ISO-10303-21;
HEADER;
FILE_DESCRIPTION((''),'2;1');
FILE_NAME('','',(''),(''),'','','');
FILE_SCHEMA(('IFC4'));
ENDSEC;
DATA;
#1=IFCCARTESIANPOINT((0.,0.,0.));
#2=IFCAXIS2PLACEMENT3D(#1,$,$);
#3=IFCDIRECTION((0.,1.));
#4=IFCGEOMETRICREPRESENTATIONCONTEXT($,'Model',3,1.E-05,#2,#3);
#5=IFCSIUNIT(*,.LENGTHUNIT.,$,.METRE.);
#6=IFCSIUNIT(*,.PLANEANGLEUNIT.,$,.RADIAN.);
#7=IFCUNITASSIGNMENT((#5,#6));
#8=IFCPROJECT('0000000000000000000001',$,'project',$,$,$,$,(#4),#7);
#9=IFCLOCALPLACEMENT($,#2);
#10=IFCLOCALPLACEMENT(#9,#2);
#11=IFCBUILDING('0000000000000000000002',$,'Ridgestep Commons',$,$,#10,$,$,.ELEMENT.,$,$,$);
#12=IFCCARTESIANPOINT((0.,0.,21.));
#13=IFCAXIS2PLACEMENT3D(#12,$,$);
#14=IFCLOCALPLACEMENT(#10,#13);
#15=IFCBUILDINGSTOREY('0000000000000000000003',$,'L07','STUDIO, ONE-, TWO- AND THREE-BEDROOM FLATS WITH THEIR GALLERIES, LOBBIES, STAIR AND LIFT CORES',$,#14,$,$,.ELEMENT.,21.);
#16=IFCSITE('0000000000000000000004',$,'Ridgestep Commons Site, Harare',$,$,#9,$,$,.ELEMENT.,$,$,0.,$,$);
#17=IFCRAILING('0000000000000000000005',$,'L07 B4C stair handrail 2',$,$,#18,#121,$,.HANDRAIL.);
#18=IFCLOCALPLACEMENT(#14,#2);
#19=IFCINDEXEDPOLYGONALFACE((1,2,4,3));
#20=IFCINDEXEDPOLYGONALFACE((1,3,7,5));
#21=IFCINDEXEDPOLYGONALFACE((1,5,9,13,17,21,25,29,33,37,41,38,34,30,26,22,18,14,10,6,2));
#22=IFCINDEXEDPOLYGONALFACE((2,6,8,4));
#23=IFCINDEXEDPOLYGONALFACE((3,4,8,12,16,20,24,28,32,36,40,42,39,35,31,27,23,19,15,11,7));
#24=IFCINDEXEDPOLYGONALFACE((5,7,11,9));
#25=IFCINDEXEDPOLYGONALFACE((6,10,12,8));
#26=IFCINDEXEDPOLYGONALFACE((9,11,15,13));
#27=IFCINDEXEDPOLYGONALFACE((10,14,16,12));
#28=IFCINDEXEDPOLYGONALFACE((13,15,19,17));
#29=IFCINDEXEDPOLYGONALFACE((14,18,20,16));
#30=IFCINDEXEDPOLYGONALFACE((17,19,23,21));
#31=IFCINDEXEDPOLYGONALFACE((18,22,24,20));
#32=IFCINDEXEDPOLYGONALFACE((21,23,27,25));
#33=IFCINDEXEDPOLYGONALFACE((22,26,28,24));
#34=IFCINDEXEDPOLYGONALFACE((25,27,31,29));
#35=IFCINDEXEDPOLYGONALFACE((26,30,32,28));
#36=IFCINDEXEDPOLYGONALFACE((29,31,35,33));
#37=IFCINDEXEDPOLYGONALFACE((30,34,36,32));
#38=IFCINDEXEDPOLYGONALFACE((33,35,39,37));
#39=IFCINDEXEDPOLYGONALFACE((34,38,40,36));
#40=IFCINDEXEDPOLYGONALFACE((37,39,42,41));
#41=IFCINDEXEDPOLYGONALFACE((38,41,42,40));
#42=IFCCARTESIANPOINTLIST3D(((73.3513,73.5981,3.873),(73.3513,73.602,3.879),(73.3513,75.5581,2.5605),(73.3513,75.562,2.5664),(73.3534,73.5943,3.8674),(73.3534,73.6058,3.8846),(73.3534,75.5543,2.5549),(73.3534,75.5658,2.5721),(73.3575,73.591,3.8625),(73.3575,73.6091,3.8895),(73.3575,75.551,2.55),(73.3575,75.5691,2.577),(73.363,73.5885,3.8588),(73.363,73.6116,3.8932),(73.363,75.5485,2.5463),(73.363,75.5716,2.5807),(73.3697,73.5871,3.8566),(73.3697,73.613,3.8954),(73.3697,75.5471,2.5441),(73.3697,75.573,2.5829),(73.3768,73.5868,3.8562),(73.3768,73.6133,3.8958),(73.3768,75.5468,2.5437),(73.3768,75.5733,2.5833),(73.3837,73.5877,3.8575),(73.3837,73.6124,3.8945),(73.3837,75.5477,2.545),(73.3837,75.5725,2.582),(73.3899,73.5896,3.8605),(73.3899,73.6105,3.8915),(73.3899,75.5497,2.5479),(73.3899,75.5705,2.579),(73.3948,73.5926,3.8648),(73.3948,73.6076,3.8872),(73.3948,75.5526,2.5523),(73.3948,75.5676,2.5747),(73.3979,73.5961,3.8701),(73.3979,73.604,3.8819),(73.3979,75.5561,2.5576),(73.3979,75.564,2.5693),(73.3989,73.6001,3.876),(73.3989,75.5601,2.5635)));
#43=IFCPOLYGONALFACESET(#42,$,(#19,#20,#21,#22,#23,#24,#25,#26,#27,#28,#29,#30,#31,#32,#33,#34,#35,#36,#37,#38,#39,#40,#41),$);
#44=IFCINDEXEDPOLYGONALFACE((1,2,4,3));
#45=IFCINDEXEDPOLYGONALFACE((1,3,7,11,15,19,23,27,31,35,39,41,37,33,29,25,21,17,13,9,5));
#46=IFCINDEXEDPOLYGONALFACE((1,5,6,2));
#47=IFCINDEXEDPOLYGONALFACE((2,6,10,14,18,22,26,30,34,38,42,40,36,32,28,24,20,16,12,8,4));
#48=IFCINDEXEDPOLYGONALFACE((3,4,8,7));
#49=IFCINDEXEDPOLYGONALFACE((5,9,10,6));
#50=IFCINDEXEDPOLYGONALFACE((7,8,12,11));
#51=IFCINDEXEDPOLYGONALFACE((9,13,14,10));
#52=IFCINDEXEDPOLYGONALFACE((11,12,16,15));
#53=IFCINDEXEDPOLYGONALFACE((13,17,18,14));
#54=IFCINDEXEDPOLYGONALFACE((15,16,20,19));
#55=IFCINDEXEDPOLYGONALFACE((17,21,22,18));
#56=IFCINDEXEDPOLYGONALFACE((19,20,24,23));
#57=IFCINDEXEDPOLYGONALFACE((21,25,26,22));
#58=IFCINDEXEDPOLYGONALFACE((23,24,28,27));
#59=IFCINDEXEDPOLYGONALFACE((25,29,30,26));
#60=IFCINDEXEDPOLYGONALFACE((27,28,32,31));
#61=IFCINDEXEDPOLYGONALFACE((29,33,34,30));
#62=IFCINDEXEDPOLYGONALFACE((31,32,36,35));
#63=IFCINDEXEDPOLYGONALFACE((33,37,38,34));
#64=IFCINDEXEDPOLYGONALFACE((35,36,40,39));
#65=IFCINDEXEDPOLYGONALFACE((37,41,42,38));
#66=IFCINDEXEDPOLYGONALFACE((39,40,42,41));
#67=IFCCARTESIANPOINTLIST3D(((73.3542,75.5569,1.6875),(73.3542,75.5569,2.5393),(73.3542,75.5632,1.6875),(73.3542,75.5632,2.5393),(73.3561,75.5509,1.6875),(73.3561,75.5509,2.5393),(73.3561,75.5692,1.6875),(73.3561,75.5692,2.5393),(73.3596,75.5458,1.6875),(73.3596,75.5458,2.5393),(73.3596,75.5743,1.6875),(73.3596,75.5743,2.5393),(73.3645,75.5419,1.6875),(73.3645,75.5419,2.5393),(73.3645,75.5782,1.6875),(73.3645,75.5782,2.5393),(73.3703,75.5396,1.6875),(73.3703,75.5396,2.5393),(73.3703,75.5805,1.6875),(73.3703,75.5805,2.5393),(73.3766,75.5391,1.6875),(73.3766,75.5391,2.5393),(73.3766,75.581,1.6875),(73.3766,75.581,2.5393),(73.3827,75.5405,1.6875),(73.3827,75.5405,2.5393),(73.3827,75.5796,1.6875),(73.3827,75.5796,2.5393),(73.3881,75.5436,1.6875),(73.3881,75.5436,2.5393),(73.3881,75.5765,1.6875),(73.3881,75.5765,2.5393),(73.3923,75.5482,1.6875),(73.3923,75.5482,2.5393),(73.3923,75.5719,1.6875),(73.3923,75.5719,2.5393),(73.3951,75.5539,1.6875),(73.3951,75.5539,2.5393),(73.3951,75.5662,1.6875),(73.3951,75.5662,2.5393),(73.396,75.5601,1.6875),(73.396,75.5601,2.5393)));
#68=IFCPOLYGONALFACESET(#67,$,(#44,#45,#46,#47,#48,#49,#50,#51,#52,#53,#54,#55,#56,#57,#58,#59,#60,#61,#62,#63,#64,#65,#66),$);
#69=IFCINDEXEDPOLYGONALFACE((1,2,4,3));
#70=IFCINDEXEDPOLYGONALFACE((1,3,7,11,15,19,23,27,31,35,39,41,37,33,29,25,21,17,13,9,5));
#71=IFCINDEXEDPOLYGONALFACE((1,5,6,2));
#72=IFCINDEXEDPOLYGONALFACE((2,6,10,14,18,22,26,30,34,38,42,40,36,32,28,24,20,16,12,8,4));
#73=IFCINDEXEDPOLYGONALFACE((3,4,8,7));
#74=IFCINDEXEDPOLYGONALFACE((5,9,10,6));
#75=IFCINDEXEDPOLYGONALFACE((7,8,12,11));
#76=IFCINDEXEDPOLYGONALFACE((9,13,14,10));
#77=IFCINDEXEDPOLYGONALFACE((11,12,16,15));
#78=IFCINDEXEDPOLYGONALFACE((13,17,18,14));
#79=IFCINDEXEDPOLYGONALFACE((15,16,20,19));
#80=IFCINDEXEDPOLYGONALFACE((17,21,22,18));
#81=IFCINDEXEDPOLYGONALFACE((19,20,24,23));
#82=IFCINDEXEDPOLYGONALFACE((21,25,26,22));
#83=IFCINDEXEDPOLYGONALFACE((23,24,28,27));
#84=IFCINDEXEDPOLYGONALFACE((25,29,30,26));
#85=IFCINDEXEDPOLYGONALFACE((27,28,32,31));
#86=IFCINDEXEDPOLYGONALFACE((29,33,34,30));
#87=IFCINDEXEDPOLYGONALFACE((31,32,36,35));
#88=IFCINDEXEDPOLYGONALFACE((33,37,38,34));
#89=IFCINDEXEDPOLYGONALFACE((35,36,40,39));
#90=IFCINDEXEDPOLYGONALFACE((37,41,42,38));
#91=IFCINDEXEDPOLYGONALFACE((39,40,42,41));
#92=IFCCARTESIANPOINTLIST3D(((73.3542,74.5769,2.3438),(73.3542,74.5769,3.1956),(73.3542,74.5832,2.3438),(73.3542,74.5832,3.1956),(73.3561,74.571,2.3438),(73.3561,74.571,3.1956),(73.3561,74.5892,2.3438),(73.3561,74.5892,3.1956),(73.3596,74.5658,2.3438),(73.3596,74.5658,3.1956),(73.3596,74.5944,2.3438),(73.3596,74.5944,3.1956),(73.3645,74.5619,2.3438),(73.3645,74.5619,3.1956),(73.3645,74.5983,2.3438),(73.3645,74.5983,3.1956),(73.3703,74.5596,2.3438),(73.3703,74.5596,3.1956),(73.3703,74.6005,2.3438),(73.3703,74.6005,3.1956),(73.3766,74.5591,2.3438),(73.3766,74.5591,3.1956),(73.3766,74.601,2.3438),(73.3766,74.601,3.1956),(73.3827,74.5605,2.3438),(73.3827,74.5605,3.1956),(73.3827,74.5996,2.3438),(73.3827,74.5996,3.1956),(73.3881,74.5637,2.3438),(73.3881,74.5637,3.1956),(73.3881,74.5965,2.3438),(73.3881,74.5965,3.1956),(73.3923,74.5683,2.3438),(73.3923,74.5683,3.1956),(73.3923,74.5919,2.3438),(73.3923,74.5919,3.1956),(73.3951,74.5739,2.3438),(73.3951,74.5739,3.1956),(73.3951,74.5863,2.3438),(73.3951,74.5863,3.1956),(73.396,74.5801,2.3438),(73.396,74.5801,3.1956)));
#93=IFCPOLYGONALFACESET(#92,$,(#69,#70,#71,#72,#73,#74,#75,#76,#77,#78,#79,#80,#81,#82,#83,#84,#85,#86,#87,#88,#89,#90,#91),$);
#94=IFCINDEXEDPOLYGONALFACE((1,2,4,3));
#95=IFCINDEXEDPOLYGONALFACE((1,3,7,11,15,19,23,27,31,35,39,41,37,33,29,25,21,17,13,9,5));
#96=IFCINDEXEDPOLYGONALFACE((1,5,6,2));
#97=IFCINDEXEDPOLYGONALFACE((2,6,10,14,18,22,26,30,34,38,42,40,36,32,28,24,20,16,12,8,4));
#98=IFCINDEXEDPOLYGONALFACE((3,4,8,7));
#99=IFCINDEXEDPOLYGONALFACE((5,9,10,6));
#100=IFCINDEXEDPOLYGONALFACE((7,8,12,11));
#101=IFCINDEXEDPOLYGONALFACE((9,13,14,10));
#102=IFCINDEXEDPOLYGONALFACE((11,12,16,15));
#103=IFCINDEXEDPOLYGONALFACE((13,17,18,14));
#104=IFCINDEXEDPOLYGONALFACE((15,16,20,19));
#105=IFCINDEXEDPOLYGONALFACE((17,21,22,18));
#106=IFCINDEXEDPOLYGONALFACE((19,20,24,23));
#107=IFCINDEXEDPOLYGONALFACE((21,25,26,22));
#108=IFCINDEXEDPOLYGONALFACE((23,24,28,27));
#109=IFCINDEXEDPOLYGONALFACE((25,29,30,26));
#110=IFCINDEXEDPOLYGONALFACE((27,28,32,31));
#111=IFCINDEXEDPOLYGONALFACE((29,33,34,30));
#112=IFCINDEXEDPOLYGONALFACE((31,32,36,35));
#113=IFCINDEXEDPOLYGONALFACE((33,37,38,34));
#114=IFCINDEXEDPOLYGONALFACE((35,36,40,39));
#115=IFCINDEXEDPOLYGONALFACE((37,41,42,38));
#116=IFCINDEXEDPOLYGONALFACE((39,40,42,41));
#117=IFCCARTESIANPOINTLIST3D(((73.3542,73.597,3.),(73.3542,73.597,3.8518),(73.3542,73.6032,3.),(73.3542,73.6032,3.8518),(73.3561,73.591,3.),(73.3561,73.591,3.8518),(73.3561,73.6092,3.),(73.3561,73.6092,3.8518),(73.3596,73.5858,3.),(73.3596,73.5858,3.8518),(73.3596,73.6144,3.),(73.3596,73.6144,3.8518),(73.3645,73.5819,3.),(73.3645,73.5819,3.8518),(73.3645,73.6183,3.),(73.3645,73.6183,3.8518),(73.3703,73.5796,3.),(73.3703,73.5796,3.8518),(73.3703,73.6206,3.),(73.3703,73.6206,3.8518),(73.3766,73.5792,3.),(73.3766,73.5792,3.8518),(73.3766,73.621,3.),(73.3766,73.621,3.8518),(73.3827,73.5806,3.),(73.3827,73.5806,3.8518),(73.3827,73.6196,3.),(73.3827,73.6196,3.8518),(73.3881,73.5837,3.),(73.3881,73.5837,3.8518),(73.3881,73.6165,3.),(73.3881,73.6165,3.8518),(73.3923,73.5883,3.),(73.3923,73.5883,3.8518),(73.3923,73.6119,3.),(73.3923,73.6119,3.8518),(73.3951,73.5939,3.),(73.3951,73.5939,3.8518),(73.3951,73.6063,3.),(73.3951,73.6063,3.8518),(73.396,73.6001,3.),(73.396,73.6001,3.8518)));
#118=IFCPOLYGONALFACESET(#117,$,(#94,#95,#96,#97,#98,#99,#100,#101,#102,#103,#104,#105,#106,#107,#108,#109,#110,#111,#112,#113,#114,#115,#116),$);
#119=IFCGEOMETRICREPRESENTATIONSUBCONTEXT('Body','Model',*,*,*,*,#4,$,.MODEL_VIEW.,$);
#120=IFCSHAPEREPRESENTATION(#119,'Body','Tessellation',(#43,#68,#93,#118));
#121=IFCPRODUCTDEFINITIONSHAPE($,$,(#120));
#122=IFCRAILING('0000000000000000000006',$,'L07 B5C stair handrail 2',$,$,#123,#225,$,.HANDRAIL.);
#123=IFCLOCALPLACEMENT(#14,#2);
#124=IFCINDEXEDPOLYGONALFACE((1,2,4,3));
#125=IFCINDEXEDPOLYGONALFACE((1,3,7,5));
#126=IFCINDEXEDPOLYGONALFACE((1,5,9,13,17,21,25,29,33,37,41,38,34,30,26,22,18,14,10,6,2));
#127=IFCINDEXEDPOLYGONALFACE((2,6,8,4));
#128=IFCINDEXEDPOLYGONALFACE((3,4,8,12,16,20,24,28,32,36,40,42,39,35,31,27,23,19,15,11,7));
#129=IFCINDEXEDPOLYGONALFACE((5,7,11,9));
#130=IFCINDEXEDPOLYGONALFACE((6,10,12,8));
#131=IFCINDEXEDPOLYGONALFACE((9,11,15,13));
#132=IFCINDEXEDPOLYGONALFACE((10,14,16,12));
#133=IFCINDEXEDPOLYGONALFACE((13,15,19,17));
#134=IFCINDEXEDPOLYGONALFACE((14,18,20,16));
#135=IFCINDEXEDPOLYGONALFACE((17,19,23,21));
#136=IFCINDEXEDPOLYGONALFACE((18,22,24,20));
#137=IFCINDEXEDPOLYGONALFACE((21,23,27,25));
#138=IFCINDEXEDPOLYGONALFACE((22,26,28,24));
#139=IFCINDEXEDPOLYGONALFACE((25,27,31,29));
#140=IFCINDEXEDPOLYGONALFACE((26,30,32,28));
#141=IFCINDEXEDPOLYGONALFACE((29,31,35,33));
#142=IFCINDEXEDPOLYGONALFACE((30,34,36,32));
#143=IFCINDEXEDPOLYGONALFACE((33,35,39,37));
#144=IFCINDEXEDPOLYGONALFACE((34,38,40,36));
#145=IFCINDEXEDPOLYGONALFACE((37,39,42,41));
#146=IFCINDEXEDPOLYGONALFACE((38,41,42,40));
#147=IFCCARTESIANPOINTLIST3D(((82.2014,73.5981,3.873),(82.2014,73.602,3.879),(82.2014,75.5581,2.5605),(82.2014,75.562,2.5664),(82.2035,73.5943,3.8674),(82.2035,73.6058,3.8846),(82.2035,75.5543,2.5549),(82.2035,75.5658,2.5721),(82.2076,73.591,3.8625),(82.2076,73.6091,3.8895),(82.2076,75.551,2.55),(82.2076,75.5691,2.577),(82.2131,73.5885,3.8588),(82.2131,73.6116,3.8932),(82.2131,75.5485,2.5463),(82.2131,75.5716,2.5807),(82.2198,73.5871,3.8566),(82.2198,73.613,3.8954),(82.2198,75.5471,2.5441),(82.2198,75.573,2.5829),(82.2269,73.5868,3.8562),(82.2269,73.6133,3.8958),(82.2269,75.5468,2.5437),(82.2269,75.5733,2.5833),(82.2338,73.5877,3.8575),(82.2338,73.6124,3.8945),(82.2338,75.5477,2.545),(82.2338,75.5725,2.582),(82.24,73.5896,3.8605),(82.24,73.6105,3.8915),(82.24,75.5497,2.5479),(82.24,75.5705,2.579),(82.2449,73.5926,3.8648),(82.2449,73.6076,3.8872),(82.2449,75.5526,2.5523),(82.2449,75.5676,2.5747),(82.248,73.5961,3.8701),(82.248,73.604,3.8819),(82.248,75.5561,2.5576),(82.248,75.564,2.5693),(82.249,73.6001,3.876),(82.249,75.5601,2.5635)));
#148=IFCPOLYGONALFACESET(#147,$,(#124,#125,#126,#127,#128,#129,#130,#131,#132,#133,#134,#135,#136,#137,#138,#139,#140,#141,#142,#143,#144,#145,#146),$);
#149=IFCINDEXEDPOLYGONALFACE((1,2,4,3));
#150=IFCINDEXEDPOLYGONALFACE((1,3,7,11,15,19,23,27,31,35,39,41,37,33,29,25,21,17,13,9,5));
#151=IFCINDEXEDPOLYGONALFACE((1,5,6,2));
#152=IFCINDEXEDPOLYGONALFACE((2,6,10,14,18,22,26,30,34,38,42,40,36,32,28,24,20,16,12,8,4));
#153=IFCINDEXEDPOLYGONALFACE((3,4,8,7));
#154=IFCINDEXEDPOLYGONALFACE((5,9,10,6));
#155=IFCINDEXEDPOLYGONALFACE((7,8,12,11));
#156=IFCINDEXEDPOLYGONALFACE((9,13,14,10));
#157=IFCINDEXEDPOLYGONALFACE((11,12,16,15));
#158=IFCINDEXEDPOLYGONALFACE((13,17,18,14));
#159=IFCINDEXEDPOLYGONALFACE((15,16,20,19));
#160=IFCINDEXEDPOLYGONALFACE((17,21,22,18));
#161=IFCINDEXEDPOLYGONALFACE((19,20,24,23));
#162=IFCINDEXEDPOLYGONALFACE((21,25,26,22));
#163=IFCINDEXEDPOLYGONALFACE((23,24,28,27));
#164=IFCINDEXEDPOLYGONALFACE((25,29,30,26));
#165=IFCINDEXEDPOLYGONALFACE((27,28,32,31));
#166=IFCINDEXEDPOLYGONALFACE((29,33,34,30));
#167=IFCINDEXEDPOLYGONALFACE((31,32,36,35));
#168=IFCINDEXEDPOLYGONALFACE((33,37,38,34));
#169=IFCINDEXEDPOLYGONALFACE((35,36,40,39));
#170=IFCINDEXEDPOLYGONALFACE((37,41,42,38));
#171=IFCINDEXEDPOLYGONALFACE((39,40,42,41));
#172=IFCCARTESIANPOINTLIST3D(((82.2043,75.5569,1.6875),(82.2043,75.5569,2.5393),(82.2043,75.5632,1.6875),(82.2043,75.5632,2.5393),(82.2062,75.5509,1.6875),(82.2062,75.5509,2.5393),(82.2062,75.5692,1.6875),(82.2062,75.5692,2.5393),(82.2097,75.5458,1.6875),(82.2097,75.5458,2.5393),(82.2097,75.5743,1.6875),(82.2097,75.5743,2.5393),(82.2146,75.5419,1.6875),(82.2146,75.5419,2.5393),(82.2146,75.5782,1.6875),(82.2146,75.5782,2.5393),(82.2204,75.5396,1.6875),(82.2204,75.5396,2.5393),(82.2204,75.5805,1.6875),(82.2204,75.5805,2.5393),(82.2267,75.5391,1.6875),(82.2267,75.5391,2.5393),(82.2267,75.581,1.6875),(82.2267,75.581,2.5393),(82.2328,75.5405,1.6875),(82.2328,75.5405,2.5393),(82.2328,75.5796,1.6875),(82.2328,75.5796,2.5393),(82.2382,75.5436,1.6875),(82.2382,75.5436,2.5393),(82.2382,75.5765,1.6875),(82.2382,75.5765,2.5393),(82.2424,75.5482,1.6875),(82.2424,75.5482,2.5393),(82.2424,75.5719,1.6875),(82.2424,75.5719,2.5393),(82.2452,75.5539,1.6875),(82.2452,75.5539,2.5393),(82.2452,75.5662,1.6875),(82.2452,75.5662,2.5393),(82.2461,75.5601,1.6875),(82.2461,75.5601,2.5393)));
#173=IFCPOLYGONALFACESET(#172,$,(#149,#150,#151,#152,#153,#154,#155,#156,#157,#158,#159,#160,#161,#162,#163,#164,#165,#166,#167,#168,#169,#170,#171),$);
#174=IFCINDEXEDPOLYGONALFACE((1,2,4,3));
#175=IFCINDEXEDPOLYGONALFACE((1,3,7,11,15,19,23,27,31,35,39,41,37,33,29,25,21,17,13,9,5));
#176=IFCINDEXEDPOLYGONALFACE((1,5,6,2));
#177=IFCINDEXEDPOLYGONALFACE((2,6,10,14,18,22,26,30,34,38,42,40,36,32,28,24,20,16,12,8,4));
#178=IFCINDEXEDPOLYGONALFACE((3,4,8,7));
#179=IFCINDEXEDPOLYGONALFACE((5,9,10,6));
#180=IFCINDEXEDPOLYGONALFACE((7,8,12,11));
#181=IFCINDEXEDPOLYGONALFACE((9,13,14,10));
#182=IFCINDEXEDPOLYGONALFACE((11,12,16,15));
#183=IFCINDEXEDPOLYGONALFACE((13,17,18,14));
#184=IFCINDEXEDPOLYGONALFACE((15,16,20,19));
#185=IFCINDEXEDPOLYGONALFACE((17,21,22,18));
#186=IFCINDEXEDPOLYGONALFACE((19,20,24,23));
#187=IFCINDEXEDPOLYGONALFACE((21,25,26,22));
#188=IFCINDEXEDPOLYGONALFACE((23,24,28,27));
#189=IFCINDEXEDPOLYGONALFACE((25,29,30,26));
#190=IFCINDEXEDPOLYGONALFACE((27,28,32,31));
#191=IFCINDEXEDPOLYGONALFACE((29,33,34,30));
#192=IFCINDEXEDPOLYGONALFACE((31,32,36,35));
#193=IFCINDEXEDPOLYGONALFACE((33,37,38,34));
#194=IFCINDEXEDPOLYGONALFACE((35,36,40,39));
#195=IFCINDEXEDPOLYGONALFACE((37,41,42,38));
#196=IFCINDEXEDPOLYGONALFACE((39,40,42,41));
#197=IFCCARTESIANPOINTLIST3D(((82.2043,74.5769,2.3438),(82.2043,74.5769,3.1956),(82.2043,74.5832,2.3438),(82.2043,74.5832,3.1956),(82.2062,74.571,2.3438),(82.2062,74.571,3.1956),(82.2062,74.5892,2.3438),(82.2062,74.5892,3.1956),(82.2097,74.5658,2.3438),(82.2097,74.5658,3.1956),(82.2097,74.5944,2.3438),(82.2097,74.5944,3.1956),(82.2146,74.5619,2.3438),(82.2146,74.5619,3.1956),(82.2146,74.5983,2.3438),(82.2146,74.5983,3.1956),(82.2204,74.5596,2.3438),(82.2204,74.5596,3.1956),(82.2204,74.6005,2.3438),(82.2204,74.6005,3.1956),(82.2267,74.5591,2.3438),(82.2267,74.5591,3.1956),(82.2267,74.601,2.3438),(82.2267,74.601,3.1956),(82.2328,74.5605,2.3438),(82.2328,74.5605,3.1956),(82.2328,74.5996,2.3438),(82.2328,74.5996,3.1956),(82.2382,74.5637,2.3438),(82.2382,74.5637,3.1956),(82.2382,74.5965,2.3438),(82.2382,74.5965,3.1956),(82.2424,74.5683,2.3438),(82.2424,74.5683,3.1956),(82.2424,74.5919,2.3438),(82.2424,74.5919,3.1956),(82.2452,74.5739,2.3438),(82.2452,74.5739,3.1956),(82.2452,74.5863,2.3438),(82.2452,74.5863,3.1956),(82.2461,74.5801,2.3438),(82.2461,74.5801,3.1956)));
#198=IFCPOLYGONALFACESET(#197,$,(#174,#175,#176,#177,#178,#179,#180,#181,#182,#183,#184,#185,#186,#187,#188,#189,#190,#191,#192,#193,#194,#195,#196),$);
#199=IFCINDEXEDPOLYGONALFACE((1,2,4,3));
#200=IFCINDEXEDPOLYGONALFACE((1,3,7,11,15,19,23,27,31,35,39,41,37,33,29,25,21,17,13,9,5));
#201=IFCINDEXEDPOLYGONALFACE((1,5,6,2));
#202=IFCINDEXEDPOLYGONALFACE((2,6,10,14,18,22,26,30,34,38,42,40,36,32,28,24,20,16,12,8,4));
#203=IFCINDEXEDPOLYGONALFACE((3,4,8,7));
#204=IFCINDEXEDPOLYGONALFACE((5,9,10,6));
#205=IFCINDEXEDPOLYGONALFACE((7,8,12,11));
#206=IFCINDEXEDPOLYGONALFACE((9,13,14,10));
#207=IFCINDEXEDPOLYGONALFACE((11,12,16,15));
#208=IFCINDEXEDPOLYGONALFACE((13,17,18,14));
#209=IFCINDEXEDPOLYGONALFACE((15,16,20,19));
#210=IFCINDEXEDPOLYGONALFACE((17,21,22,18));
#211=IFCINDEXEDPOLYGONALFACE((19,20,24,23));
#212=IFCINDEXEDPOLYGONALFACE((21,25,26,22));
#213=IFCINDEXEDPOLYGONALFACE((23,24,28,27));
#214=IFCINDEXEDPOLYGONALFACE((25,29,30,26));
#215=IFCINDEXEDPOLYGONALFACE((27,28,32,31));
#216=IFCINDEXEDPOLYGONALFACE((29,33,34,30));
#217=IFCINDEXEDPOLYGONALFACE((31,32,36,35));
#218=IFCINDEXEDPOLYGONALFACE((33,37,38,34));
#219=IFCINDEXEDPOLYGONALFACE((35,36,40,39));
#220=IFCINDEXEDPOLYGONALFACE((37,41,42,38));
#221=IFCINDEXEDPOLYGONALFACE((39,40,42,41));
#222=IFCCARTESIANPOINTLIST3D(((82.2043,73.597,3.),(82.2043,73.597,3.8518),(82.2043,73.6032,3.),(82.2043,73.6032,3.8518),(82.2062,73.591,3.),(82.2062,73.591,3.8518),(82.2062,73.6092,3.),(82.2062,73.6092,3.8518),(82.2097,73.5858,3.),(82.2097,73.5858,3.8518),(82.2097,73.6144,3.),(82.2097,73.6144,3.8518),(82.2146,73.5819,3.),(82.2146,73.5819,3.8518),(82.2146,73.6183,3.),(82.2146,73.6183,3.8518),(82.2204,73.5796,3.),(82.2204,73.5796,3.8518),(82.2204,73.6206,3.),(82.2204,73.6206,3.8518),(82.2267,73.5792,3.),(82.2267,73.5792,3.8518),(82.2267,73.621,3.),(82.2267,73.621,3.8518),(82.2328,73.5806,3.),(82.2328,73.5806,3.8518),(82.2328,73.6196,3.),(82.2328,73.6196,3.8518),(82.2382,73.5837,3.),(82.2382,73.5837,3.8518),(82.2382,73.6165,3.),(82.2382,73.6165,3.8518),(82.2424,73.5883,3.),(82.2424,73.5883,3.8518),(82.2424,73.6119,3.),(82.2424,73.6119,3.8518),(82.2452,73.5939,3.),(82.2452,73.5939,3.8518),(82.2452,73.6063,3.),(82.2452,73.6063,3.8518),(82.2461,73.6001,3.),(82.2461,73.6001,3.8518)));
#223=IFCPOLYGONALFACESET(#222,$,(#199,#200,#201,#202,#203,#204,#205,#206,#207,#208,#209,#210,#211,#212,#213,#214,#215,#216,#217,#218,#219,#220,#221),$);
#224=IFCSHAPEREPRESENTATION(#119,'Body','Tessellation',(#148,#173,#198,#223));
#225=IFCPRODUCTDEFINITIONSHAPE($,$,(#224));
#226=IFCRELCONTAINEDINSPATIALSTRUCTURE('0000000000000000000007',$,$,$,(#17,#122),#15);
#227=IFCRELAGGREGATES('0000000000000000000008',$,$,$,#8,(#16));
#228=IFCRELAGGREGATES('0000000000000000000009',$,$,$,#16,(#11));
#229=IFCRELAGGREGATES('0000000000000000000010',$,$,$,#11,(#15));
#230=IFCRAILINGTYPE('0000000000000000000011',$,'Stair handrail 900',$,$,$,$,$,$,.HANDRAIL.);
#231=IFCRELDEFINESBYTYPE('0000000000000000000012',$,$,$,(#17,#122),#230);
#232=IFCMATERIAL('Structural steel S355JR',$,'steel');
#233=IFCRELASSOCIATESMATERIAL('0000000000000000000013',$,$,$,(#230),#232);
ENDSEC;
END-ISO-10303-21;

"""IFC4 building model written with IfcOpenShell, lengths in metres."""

from ifc_helpers import new_model, si_unit, direction, frame, origin, origin_2d, place, context, subcontext, project, spatial, circle, extrude, material, type_object, element, save


model = new_model("IFC4")

# Units and contexts
model_context = context("Model", 3, precision=1e-05, world=origin(), true_north=direction((0.0, 1.0)))
body_context = subcontext(model_context, "Body", "Model", "MODEL_VIEW")
ifc_project = project(units=[si_unit("LENGTHUNIT", "METRE"), si_unit("PLANEANGLEUNIT", "RADIAN")], contexts=[model_context])

# Site, building, storey
site_placement = place(None, origin())
site = spatial("IfcSite", under=ifc_project, at=site_placement, Name="Ridgestep Commons Site, Harare", CompositionType="ELEMENT", RefElevation=0.0)
building_placement = place(site_placement, origin())
building = spatial("IfcBuilding", under=site, at=building_placement, Name="Ridgestep Commons", CompositionType="ELEMENT")
storey_placement = place(building_placement, frame((0.0, 0.0, 21.0)))
storey = spatial("IfcBuildingStorey", under=building, at=storey_placement, Name="L07", Description="STUDIO, ONE-, TWO- AND THREE-BEDROOM FLATS WITH THEIR GALLERIES, LOBBIES, STAIR AND LIFT CORES", CompositionType="ELEMENT", Elevation=21.0)

# Railings
ifc_material_1 = material(Name="Structural steel S355JR", Category="steel")
railing_type_1 = type_object("IfcRailingType", Name="Stair handrail 900", PredefinedType="HANDRAIL", material=ifc_material_1)
for number, where, name in (
    (1, (73.375, 75.5601, 1.6875), "L07 B4C stair handrail 2"),
    (2, (82.2251, 75.5601, 1.6875), "L07 B5C stair handrail 2"),
):
    element("IfcRailing", number, at=place(storey_placement, frame(where)), inside=storey, type_object=railing_type_1, Name=name, PredefinedType="HANDRAIL", context=body_context, shape_type="SweptSolid", body=[
        extrude(circle(Radius=0.0239, at=origin_2d()), frame((0.0, 0.0, 0.876), z_axis=(0.0, -0.830902, 0.556419), x_axis=(1.0, 0.0, 0.0)), (0.0, 0.0, 1.0), 2.3589),
        extrude(circle(Radius=0.021, at=origin_2d()), origin(), (0.0, 0.0, 1.0), 0.8518),
        extrude(circle(Radius=0.021, at=origin_2d()), frame((0.0, -0.98, 0.6562)), (0.0, 0.0, 1.0), 0.8518),
        extrude(circle(Radius=0.021, at=origin_2d()), frame((0.0, -1.96, 1.3125)), (0.0, 0.0, 1.0), 0.8518),
    ])

save(model, "model.ifc")
